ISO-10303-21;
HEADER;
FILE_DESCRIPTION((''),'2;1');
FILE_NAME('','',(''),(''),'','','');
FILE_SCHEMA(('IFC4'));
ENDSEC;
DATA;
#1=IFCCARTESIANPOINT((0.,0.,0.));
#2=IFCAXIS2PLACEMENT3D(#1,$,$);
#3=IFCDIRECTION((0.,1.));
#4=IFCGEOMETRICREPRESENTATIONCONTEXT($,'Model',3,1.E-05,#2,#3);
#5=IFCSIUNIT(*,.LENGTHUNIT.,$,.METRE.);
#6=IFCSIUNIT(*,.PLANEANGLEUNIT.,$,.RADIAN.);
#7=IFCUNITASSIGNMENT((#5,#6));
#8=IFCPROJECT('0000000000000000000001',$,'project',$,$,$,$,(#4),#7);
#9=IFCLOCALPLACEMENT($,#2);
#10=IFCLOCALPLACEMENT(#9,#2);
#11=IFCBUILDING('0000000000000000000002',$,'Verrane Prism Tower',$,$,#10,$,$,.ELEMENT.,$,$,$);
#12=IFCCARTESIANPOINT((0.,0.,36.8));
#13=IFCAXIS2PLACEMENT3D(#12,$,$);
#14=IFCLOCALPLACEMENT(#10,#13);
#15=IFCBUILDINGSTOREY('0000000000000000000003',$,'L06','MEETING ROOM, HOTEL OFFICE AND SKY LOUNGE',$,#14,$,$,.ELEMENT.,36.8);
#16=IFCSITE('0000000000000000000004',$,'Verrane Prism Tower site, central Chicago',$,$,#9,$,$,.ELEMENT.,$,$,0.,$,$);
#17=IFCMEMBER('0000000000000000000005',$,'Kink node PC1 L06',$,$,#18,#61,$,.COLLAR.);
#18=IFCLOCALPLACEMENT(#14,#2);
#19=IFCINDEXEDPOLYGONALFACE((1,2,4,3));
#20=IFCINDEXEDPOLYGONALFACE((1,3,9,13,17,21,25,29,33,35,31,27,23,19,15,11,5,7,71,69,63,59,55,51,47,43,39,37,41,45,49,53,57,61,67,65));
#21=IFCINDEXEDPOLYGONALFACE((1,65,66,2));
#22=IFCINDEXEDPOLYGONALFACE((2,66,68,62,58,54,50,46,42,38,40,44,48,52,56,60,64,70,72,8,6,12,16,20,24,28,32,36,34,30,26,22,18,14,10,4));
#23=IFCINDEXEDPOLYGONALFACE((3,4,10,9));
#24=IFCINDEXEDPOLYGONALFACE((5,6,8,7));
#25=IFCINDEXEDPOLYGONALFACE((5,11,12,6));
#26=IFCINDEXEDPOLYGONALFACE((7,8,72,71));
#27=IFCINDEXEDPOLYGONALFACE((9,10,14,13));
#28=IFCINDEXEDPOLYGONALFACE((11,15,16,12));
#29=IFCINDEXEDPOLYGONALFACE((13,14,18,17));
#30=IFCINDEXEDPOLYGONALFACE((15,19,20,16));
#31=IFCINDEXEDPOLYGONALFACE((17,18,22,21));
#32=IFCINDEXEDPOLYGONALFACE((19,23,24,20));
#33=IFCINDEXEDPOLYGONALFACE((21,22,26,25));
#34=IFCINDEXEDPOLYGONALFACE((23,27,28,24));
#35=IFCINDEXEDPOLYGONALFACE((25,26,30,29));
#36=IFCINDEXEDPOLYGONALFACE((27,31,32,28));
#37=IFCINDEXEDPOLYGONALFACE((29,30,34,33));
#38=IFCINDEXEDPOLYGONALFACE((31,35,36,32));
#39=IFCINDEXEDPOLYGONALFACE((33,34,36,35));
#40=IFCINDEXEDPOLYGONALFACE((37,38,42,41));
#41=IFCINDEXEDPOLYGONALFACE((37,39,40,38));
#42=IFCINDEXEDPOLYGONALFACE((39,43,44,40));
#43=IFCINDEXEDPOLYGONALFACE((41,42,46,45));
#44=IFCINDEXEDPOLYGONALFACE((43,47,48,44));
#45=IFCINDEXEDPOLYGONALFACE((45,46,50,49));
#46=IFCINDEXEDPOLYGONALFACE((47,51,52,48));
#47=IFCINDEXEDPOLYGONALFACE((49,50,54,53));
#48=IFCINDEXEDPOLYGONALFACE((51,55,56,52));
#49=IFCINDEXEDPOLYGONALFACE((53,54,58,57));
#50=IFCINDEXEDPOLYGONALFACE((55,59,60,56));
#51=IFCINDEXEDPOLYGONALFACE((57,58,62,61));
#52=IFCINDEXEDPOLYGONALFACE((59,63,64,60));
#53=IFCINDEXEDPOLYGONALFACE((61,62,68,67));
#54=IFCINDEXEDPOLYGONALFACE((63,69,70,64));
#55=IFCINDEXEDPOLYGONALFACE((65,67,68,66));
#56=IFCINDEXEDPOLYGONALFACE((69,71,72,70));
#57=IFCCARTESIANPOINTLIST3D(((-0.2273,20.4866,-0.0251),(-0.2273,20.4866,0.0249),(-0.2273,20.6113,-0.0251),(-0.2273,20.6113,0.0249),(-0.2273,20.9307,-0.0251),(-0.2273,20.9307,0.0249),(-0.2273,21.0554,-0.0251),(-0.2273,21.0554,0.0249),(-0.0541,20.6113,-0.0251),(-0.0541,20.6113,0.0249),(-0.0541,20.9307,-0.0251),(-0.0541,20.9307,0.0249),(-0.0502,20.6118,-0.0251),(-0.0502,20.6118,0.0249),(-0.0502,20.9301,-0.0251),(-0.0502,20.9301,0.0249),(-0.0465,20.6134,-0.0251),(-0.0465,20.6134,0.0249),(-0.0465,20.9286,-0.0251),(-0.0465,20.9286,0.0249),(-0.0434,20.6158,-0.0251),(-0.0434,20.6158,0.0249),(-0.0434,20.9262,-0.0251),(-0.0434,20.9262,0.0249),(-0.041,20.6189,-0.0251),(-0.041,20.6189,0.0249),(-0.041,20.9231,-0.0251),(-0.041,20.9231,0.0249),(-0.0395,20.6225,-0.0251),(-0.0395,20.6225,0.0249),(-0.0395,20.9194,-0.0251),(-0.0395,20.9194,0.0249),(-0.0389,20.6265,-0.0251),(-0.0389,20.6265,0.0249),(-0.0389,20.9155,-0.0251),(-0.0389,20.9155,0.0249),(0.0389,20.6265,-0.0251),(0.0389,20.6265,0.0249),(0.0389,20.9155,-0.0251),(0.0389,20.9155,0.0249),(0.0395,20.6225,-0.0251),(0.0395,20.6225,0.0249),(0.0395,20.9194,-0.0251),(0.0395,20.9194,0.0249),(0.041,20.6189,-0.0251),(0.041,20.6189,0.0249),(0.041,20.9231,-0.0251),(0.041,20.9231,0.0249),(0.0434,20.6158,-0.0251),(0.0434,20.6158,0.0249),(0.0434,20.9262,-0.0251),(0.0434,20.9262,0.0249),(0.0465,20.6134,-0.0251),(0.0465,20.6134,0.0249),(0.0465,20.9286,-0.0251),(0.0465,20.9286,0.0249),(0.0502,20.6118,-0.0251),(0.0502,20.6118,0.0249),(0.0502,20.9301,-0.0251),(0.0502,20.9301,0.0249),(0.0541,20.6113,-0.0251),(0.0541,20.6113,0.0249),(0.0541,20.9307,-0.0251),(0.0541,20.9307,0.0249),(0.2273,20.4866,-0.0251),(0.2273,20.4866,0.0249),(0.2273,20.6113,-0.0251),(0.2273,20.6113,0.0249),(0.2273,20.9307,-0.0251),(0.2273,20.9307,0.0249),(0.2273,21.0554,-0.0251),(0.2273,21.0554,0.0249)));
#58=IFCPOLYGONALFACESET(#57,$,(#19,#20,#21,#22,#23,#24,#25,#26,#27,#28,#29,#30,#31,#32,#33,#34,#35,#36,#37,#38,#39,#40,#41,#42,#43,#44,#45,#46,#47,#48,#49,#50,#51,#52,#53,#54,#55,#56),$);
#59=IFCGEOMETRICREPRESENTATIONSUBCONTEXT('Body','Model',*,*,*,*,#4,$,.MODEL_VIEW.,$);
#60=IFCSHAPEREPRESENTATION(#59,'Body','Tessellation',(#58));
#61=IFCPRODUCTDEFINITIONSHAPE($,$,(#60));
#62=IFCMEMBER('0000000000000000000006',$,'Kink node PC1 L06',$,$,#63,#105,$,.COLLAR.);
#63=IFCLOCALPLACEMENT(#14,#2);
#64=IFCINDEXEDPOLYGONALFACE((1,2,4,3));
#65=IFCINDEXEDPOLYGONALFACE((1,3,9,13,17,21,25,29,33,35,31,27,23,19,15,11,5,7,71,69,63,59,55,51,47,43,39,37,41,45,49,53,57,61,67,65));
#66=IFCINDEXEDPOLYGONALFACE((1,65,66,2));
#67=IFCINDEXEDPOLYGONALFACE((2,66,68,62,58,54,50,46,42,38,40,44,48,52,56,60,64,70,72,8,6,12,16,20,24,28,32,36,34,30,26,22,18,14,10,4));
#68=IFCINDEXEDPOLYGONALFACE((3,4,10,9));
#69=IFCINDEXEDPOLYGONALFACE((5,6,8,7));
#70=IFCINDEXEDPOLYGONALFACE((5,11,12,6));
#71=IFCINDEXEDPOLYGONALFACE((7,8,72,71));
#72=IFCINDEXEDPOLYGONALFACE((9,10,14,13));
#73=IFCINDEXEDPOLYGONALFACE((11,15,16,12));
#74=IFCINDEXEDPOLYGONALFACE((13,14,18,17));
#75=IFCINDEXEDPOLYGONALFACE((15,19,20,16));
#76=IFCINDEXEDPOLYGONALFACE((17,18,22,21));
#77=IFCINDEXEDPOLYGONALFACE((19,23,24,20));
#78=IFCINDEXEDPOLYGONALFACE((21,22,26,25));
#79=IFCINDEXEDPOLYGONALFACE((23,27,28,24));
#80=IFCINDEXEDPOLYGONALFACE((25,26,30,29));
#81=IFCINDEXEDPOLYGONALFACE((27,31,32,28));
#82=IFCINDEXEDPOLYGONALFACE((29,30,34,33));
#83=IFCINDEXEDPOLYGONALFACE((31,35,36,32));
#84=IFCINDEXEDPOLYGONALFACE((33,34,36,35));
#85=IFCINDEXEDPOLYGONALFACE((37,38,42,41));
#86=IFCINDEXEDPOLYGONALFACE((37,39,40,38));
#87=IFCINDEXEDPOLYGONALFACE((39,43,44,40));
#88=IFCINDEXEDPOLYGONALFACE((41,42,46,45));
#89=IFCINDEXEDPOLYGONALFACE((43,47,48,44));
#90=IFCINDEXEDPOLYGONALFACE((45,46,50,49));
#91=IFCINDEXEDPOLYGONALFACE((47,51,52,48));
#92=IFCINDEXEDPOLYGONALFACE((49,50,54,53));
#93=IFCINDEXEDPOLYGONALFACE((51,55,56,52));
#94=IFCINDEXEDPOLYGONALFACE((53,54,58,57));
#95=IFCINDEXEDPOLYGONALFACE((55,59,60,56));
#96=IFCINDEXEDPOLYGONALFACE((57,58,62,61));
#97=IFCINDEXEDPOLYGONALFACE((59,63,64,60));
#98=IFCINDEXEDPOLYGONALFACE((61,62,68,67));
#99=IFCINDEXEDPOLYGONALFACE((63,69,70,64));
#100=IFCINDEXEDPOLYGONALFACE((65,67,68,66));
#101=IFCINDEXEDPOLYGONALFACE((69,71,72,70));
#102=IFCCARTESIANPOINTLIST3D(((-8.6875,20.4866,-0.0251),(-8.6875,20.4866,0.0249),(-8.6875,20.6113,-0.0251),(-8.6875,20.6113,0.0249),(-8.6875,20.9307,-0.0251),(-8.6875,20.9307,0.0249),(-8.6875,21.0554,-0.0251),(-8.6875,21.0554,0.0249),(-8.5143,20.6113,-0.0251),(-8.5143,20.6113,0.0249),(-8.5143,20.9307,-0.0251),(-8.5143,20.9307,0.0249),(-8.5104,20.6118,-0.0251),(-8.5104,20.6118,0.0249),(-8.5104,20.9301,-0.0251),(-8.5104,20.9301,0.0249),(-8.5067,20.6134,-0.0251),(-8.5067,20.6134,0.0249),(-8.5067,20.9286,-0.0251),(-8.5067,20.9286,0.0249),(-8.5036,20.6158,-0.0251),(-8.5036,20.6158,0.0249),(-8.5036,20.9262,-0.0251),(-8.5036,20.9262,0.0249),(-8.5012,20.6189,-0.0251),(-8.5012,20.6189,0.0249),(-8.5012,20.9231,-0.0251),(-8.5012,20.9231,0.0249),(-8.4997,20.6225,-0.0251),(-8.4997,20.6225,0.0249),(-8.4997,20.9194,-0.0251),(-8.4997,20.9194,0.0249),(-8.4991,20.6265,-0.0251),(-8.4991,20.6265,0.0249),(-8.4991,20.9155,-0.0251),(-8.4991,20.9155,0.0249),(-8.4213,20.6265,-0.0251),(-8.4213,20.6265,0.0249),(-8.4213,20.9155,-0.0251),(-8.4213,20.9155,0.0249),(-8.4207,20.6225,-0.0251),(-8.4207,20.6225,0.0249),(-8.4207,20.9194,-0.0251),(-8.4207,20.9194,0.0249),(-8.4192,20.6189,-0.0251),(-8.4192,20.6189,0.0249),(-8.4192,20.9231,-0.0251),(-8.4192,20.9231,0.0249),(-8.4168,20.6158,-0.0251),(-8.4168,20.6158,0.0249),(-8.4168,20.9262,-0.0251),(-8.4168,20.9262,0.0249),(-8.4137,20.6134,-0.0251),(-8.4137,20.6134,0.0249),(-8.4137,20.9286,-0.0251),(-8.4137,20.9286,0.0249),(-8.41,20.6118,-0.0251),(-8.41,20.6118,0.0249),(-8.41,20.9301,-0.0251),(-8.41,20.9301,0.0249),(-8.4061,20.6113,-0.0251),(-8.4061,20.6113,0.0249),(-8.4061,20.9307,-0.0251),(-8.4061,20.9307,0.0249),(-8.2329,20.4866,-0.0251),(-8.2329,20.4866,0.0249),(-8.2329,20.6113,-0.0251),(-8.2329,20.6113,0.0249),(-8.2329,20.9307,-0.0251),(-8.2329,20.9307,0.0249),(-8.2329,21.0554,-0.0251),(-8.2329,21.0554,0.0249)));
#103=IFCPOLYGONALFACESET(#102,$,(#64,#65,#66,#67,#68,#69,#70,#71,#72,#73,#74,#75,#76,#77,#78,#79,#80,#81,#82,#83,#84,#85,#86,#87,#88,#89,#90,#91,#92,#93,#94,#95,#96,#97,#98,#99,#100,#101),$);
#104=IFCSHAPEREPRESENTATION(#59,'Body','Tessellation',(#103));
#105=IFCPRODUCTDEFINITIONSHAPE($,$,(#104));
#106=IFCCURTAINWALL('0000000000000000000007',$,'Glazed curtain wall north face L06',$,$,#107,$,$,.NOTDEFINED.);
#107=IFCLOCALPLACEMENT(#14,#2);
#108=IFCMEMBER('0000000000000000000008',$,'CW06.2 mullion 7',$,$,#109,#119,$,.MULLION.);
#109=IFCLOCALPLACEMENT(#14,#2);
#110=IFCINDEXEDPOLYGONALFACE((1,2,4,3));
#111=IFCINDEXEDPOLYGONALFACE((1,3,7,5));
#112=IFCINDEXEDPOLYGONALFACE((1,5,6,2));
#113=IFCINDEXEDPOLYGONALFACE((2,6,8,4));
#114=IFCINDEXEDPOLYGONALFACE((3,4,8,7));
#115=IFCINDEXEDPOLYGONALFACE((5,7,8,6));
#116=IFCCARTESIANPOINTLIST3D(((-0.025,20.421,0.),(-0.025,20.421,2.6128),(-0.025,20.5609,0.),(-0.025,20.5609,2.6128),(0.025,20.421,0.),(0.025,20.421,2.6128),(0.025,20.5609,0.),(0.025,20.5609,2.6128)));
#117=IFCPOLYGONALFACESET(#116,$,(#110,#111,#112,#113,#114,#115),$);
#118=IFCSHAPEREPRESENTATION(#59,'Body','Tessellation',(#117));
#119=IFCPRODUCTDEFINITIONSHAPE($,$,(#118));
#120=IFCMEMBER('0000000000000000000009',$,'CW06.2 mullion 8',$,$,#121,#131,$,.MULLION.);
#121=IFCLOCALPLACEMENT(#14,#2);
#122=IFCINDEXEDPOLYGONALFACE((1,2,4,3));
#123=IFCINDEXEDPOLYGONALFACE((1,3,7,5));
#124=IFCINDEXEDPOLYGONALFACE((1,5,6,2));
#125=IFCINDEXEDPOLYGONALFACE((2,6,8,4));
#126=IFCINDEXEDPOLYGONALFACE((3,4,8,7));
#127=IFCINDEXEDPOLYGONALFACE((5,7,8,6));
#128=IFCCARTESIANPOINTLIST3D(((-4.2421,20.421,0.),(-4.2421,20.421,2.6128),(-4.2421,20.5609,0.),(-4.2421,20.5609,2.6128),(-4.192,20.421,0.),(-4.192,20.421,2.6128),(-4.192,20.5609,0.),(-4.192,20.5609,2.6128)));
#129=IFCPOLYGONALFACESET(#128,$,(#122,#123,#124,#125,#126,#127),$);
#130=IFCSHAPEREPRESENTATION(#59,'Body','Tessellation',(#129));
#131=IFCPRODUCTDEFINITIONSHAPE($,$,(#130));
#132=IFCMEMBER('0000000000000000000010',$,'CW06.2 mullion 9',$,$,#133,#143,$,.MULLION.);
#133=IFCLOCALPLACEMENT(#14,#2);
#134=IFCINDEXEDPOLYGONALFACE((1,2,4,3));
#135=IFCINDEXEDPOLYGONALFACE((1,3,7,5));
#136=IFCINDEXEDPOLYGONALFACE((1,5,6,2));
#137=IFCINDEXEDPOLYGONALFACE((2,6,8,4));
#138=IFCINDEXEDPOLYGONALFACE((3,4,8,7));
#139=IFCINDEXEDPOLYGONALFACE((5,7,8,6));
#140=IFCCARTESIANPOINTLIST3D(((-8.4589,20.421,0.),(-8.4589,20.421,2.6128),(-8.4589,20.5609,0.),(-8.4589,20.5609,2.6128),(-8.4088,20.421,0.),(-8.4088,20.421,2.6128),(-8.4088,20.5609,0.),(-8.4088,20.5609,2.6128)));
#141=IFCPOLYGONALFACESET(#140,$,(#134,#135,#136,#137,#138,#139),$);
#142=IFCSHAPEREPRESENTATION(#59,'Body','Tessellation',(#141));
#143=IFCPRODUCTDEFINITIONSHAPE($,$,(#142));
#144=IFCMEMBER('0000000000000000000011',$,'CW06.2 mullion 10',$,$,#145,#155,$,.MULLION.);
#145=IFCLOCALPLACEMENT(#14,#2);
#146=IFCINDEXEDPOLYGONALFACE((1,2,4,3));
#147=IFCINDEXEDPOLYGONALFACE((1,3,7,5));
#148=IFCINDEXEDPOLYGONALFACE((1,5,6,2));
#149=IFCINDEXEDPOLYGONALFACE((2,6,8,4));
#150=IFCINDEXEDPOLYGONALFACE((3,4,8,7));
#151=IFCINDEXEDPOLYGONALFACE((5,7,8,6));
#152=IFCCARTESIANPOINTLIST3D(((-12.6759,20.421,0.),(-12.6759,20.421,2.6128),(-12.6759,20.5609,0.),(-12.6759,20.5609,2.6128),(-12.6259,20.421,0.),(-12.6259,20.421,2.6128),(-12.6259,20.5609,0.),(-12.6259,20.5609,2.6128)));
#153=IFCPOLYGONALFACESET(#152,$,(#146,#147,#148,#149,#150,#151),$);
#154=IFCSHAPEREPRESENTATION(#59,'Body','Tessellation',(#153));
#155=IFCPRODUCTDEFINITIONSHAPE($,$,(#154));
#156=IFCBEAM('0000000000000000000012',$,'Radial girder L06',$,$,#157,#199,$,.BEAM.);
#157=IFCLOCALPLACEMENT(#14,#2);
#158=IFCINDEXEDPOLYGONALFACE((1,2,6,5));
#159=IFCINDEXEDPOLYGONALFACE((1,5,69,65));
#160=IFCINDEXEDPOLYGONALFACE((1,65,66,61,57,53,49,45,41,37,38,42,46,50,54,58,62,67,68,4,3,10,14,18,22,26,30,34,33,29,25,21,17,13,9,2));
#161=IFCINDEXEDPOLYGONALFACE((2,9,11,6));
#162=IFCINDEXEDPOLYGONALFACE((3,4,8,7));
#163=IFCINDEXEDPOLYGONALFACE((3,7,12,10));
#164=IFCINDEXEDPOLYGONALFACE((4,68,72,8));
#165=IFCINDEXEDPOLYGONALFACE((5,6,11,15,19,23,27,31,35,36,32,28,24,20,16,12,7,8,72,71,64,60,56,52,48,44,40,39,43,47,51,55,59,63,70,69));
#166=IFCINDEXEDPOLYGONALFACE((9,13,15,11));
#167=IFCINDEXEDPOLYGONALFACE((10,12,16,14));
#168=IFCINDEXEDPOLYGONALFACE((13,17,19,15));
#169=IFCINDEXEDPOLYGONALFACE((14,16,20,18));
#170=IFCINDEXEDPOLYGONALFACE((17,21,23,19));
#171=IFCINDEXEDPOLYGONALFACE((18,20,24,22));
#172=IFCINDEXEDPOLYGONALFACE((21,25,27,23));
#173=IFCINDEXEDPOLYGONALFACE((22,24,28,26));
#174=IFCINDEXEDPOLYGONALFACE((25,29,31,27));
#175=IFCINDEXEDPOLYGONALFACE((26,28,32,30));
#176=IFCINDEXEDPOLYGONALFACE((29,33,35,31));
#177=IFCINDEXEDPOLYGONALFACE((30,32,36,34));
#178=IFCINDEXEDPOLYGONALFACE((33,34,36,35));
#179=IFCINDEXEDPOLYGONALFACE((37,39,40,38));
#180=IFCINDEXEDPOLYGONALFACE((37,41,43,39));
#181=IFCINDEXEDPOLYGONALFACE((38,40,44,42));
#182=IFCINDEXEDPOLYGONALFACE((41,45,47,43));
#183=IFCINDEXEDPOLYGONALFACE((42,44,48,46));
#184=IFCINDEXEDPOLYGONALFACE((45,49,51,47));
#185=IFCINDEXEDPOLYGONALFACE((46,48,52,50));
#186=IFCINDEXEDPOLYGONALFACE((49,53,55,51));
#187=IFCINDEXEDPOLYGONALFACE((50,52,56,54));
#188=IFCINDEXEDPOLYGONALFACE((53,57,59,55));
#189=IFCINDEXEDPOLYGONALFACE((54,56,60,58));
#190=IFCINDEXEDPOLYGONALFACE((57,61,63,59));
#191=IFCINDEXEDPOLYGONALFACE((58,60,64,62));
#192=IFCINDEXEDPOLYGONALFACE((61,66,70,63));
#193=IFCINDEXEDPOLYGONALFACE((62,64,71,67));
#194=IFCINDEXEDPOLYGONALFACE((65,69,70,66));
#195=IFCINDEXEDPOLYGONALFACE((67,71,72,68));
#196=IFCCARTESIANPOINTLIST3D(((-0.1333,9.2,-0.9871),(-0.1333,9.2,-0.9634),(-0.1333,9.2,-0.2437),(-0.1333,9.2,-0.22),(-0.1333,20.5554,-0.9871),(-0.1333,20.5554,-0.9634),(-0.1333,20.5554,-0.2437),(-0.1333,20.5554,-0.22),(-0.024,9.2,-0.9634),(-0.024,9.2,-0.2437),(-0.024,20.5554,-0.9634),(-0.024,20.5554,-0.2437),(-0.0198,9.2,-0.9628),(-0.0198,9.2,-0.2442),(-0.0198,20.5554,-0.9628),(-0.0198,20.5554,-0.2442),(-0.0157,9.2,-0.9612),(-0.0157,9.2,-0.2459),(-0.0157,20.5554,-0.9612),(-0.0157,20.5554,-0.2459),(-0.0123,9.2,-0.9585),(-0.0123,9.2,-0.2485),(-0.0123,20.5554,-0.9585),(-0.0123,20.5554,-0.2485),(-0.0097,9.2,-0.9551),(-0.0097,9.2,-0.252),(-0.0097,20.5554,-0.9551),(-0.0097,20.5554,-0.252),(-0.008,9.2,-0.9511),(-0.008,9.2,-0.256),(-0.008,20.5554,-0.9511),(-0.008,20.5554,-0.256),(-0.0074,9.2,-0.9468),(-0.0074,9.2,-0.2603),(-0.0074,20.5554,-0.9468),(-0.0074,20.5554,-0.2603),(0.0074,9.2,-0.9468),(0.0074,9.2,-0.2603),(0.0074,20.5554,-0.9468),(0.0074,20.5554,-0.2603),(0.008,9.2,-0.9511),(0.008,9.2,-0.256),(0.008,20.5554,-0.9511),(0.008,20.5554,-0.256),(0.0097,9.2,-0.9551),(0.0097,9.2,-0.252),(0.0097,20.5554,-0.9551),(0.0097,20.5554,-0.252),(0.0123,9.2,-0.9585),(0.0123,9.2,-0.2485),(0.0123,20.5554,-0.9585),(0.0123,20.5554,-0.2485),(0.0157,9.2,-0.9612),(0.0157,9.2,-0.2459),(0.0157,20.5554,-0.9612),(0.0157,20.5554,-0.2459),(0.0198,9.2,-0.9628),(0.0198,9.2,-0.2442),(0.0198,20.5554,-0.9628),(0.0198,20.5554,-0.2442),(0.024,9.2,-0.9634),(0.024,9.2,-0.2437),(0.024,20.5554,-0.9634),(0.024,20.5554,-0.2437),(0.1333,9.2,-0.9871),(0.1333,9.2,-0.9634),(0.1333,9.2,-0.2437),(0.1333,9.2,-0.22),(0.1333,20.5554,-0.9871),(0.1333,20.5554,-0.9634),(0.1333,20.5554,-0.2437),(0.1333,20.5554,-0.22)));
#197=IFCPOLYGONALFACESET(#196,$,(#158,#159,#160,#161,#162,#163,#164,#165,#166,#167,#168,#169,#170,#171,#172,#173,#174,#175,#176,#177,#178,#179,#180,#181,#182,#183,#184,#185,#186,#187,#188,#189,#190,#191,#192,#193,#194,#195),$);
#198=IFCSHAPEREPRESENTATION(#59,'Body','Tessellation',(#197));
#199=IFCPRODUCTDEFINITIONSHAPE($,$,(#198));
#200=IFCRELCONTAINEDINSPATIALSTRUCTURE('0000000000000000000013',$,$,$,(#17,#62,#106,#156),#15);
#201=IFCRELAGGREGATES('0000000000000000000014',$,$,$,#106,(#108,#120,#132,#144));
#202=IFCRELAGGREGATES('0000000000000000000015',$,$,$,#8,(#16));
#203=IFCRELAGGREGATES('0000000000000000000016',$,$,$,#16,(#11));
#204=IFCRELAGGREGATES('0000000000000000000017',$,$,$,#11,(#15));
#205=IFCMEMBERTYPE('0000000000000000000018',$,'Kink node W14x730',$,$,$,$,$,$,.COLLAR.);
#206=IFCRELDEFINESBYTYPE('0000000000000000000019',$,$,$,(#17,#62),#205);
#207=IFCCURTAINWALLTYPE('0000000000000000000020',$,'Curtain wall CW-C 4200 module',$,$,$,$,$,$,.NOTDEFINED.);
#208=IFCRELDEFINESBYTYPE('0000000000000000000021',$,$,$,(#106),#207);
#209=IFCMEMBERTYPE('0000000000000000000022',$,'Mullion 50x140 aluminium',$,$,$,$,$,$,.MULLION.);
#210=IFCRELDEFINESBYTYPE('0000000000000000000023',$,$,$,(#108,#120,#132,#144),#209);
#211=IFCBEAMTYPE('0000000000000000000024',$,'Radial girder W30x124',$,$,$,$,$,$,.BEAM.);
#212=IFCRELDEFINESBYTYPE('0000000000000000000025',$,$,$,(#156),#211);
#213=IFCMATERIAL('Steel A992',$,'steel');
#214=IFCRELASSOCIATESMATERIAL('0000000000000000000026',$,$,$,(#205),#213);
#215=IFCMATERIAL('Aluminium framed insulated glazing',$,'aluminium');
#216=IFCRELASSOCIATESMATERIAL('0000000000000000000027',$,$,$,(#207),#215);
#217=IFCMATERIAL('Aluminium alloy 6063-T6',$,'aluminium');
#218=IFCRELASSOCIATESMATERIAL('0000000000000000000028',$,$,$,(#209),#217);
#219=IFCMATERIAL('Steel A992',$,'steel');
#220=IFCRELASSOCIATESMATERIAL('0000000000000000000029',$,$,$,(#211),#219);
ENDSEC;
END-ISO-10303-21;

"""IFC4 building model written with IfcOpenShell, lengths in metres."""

from ifc_helpers import new_model, si_unit, direction, frame, origin, origin_2d, place, context, subcontext, project, spatial, rectangle, i_section, extrude, material, material_profile, profile_set, type_object, element, aggregate, save


model = new_model("IFC4")

# Units and contexts
model_context = context("Model", 3, precision=1e-05, world=origin(), true_north=direction((0.0, 1.0)))
body_context = subcontext(model_context, "Body", "Model", "MODEL_VIEW")
ifc_project = project(units=[si_unit("LENGTHUNIT", "METRE"), si_unit("PLANEANGLEUNIT", "RADIAN")], contexts=[model_context])

# Site, building, storey
site_placement = place(None, origin())
site = spatial("IfcSite", under=ifc_project, at=site_placement, Name="Verrane Prism Tower site, central Chicago", CompositionType="ELEMENT", RefElevation=0.0)
building_placement = place(site_placement, origin())
building = spatial("IfcBuilding", under=site, at=building_placement, Name="Verrane Prism Tower", CompositionType="ELEMENT")
storey_placement = place(building_placement, frame((0.0, 0.0, 36.8)))
storey = spatial("IfcBuildingStorey", under=building, at=storey_placement, Name="L06", Description="MEETING ROOM, HOTEL OFFICE AND SKY LOUNGE", CompositionType="ELEMENT", Elevation=36.8)

# Members
ifc_material_1 = material(Name="Steel A992", Category="steel")
ifc_material_profile_1 = material_profile(ifc_material_1, i_section(OverallWidth=0.4546, OverallDepth=0.5688, WebThickness=0.0779, FlangeThickness=0.1248, FilletRadius=0.0151, at=origin_2d()), Name="W14x730")
ifc_profile_set_1 = profile_set([ifc_material_profile_1], Name="Steel A992")
member_type_1 = type_object("IfcMemberType", Name="Kink node W14x730", PredefinedType="COLLAR", material=ifc_profile_set_1)
for number, where, z_axis, x_axis, name in (
    (1, (0.0, 20.771, -0.0251), (0.0, 0.0, 1.0), (1.0, 0.0, 0.0), "Kink node PC1 L06"),
    (2, (-8.4602, 20.771, -0.0251), (0.0, 0.0, 1.0), (1.0, 0.0, 0.0), "Kink node PC1 L06"),
):
    element("IfcMember", number, at=place(storey_placement, frame(where, z_axis=z_axis, x_axis=x_axis)), inside=storey, type_object=member_type_1, Name=name, PredefinedType="COLLAR", context=body_context, shape_type="SweptSolid", body=[
        extrude(i_section(OverallWidth=0.4546, OverallDepth=0.5688, WebThickness=0.0779, FlangeThickness=0.1248, FilletRadius=0.0151, at=origin_2d()), origin(), (0.0, 0.0, 1.0), 0.05),
    ])

# Curtain wall, members
ifc_material_2 = material(Name="Aluminium framed insulated glazing", Category="aluminium")
curtain_wall_type = type_object("IfcCurtainWallType", Name="Curtain wall CW-C 4200 module", PredefinedType="NOTDEFINED", material=ifc_material_2)
curtain_wall_placement = place(storey_placement, origin())
curtain_wall = element("IfcCurtainWall", 3, at=curtain_wall_placement, inside=storey, type_object=curtain_wall_type, Name="Glazed curtain wall north face L06", PredefinedType="NOTDEFINED")
ifc_material_3 = material(Name="Aluminium alloy 6063-T6", Category="aluminium")
ifc_material_profile_2 = material_profile(ifc_material_3, rectangle(XDim=0.1399, YDim=0.05, at=origin_2d()), Name="Mullion 50x140 aluminium")
ifc_profile_set_2 = profile_set([ifc_material_profile_2], Name="Aluminium alloy 6063-T6")
member_type_2 = type_object("IfcMemberType", Name="Mullion 50x140 aluminium", PredefinedType="MULLION", material=ifc_profile_set_2)
member_1_placement = place(storey_placement, frame((0.0, 20.491, 0.0), z_axis=(0.0, 0.0, 1.0), x_axis=(0.0, -1.0, 0.0)))
member_1 = element("IfcMember", 4, at=member_1_placement, type_object=member_type_2, Name="CW06.2 mullion 7", PredefinedType="MULLION", context=body_context, shape_type="SweptSolid", body=[
    extrude(rectangle(XDim=0.1399, YDim=0.05, at=origin_2d()), origin(), (0.0, 0.0, 1.0), 2.6128),
])
member_2_placement = place(storey_placement, frame((-4.217, 20.491, 0.0), z_axis=(0.0, 0.0, 1.0), x_axis=(0.0, -1.0, 0.0)))
member_2 = element("IfcMember", 5, at=member_2_placement, type_object=member_type_2, Name="CW06.2 mullion 8", PredefinedType="MULLION", context=body_context, shape_type="SweptSolid", body=[
    extrude(rectangle(XDim=0.1399, YDim=0.05, at=origin_2d()), origin(), (0.0, 0.0, 1.0), 2.6128),
])
member_3_placement = place(storey_placement, frame((-8.4338, 20.491, 0.0), z_axis=(0.0, 0.0, 1.0), x_axis=(0.0, -1.0, 0.0)))
member_3 = element("IfcMember", 6, at=member_3_placement, type_object=member_type_2, Name="CW06.2 mullion 9", PredefinedType="MULLION", context=body_context, shape_type="SweptSolid", body=[
    extrude(rectangle(XDim=0.1399, YDim=0.05, at=origin_2d()), origin(), (0.0, 0.0, 1.0), 2.6128),
])
member_4_placement = place(storey_placement, frame((-12.6509, 20.491, 0.0), z_axis=(0.0, 0.0, 1.0), x_axis=(0.0, -1.0, 0.0)))
member_4 = element("IfcMember", 7, at=member_4_placement, type_object=member_type_2, Name="CW06.2 mullion 10", PredefinedType="MULLION", context=body_context, shape_type="SweptSolid", body=[
    extrude(rectangle(XDim=0.1399, YDim=0.05, at=origin_2d()), origin(), (0.0, 0.0, 1.0), 2.6128),
])

# Beam
ifc_material_4 = material(Name="Steel A992", Category="steel")
ifc_material_profile_3 = material_profile(ifc_material_4, i_section(OverallWidth=0.2666, OverallDepth=0.7671, WebThickness=0.0149, FlangeThickness=0.0237, FilletRadius=0.0166, at=origin_2d()), Name="W30x124")
ifc_profile_set_3 = profile_set([ifc_material_profile_3], Name="Steel A992")
beam_type_1 = type_object("IfcBeamType", Name="Radial girder W30x124", PredefinedType="BEAM", material=ifc_profile_set_3)
for number, where, z_axis, x_axis, name in (
    (8, (0.0, 20.5554, -0.6035), (0.0, -1.0, 0.0), (1.0, 0.0, 0.0), "Radial girder L06"),
):
    element("IfcBeam", number, at=place(storey_placement, frame(where, z_axis=z_axis, x_axis=x_axis)), inside=storey, type_object=beam_type_1, Name=name, PredefinedType="BEAM", context=body_context, shape_type="SweptSolid", body=[
        extrude(i_section(OverallWidth=0.2666, OverallDepth=0.7671, WebThickness=0.0149, FlangeThickness=0.0237, FilletRadius=0.0166, at=origin_2d()), origin(), (0.0, 0.0, 1.0), 11.3555),
    ])

aggregate(curtain_wall, [member_1, member_2, member_3, member_4])

save(model, "model.ifc")
